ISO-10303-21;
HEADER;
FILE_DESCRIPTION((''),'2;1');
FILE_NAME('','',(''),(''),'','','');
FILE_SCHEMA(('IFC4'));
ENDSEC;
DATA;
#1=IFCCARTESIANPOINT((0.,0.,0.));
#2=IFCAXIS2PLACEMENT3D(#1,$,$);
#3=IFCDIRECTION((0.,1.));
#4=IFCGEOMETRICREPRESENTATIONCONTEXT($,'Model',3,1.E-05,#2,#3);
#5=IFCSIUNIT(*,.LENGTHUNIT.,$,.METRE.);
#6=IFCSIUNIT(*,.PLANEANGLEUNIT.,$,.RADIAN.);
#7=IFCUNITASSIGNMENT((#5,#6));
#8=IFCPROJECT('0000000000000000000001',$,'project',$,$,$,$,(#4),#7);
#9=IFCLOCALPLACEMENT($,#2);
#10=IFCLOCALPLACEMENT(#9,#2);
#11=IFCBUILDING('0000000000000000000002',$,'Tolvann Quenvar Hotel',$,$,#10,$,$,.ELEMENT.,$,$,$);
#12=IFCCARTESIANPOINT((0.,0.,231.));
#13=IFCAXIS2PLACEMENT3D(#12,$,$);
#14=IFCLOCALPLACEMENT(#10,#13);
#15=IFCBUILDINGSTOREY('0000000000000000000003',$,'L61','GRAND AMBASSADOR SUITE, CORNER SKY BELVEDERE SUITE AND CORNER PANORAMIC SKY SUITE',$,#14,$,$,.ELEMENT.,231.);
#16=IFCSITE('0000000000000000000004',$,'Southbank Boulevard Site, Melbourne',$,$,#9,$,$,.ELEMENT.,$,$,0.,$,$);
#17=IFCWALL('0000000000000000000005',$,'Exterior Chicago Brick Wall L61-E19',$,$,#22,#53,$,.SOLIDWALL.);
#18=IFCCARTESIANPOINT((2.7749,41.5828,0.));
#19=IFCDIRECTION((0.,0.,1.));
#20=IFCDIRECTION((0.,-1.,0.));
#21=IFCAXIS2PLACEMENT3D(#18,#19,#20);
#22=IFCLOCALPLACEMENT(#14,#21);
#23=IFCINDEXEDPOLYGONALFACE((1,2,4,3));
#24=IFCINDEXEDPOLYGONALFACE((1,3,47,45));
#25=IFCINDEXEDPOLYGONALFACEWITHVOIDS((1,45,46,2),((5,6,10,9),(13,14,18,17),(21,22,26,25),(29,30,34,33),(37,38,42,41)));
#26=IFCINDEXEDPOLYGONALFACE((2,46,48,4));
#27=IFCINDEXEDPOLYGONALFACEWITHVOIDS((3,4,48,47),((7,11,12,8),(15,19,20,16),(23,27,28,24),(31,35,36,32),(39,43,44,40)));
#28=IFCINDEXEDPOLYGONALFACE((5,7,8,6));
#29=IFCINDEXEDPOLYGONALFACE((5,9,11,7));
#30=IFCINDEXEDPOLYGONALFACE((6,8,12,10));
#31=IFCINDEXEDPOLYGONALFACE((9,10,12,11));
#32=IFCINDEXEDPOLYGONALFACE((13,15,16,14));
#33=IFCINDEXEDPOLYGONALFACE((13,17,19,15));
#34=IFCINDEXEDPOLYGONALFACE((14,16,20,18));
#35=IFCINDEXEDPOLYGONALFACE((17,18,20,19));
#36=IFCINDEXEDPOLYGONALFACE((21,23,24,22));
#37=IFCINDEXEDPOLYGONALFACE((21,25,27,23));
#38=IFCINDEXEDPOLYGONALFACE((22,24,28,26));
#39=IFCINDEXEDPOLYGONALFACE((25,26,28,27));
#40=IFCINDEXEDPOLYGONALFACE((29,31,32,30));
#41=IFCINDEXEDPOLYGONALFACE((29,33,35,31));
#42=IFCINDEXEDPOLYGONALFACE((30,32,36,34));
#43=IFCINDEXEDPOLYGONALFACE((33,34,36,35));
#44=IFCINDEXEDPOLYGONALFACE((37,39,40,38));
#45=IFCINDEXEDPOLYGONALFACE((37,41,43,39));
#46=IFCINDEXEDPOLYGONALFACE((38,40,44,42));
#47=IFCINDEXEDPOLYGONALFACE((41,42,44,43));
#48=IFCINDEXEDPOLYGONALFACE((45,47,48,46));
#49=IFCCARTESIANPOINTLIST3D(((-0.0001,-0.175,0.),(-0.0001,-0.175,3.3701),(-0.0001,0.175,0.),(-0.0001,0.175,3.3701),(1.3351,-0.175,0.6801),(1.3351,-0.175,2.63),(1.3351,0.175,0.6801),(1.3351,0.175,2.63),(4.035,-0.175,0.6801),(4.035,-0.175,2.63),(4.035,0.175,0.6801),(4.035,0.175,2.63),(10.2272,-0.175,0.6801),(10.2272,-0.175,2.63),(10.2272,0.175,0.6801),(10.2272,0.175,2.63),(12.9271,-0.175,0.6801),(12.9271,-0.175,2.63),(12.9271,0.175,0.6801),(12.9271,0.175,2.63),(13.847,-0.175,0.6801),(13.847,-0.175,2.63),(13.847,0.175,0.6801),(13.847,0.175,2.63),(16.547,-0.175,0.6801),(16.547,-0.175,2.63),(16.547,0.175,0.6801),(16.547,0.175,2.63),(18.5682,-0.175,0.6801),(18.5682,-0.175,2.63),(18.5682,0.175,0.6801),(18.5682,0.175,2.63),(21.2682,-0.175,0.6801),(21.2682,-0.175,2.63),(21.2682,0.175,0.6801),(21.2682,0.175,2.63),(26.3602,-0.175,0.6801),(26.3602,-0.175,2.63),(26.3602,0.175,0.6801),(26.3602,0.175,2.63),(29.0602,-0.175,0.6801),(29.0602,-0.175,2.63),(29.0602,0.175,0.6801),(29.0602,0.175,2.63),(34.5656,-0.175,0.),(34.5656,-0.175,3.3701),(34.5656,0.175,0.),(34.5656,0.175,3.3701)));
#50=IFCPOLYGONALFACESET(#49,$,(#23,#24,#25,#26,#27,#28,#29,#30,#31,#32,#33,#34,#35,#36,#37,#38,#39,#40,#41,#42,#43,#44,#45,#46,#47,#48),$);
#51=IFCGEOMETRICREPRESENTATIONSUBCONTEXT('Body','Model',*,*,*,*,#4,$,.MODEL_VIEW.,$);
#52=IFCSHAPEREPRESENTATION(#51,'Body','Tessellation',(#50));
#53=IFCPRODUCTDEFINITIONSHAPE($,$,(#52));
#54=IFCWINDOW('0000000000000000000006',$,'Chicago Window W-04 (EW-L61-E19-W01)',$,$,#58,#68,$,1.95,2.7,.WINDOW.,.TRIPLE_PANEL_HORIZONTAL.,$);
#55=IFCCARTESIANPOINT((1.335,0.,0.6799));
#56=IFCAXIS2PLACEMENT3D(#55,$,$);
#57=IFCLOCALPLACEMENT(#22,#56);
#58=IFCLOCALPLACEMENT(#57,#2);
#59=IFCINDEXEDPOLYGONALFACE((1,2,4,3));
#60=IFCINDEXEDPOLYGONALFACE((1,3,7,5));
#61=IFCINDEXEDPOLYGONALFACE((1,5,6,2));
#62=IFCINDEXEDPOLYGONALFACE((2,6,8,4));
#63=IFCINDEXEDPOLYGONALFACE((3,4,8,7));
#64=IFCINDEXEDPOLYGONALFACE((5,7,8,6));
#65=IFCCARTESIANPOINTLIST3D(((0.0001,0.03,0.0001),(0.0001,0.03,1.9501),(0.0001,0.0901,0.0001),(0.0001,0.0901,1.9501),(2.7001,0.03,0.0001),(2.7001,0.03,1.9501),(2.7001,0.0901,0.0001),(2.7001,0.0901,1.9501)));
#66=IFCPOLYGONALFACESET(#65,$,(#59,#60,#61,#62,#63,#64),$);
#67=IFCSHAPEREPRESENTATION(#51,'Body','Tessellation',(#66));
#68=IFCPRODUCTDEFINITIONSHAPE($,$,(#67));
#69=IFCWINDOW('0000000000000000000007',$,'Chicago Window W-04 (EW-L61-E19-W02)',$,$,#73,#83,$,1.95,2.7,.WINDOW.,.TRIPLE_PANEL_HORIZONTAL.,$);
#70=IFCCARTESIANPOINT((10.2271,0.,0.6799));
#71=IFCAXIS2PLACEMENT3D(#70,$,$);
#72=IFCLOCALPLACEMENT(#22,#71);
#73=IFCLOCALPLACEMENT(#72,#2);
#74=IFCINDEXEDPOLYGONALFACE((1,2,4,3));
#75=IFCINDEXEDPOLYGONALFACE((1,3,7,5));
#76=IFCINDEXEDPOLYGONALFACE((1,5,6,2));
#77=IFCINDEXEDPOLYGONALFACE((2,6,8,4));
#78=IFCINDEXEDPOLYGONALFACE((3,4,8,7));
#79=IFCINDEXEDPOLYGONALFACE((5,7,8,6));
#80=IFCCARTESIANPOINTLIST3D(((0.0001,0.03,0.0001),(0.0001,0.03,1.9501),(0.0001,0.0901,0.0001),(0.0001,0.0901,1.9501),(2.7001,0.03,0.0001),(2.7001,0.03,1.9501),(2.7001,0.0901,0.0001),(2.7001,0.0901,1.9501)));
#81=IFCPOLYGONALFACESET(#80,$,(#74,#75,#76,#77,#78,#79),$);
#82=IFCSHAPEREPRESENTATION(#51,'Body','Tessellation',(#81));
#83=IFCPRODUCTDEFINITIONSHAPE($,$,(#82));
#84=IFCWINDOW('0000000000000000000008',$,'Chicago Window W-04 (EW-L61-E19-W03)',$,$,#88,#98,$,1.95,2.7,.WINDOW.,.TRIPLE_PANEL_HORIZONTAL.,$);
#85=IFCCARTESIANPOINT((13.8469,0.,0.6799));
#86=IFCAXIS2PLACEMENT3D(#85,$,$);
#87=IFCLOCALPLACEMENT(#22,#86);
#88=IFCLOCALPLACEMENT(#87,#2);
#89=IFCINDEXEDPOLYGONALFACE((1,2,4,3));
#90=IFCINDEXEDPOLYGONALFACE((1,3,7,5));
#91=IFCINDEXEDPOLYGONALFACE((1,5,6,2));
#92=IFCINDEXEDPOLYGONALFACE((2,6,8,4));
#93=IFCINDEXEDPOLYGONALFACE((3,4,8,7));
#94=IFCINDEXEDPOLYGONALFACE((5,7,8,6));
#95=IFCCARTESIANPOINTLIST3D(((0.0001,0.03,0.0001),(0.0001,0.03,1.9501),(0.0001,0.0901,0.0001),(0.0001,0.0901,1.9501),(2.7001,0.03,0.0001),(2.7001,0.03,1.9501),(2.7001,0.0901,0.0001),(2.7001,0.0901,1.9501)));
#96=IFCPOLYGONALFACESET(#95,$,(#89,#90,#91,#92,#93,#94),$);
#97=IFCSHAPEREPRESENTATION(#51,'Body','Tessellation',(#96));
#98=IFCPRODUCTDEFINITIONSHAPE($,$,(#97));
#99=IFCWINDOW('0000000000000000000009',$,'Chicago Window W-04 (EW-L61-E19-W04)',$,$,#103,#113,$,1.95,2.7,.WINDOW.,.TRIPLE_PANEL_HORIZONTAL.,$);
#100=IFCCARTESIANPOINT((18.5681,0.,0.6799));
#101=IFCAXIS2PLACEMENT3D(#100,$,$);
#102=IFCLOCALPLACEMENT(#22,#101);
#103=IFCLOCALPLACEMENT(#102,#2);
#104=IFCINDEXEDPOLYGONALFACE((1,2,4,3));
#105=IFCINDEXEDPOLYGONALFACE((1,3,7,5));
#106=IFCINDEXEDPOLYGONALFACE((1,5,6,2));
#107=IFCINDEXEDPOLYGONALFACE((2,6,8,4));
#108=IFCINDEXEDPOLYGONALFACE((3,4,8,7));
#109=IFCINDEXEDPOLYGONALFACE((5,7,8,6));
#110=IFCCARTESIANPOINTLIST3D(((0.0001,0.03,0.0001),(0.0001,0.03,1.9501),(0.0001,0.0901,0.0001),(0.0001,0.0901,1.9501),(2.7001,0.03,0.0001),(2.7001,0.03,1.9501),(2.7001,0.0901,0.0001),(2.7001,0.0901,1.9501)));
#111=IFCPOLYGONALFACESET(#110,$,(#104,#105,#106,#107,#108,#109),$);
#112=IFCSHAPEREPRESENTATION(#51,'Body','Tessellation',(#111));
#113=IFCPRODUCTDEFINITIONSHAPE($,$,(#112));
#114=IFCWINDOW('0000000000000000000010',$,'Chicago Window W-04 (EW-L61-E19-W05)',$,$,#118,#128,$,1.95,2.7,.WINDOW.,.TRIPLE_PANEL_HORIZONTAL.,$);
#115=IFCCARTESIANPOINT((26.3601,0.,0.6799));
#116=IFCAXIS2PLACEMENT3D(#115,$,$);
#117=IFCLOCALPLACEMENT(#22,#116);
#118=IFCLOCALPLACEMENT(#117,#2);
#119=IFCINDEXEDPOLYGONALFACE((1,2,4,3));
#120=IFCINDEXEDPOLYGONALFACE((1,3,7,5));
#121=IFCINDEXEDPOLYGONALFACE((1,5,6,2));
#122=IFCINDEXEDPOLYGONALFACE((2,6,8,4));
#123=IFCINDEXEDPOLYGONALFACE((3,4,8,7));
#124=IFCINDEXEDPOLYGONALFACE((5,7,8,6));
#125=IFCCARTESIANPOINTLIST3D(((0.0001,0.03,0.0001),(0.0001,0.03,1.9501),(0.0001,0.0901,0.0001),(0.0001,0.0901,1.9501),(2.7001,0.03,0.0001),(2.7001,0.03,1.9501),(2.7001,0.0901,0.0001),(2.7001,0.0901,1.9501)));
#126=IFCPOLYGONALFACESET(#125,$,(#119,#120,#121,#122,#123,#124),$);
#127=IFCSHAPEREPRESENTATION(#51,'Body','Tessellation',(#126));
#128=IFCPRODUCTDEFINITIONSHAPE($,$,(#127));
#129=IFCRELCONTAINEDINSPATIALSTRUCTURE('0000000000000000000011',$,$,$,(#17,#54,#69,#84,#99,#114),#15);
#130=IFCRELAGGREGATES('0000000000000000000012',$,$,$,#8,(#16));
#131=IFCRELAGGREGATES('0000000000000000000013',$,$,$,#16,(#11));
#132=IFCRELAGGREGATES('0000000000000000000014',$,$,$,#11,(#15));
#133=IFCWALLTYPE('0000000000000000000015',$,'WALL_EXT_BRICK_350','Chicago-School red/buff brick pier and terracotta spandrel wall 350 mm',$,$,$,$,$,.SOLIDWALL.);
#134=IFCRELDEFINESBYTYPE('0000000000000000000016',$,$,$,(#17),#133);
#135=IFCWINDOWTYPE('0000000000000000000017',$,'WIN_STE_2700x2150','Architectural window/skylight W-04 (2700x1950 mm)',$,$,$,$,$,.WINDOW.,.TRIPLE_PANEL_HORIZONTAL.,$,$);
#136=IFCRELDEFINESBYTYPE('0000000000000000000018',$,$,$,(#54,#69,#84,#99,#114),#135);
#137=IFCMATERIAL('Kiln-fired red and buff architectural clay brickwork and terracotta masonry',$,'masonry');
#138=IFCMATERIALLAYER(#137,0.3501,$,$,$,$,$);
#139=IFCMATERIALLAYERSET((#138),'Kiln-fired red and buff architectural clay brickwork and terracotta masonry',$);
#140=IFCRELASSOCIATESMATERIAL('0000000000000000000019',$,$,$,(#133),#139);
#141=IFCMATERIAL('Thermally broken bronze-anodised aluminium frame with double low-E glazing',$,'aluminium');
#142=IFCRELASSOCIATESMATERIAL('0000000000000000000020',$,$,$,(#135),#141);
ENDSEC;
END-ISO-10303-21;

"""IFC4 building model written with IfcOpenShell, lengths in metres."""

from ifc_helpers import new_model, si_unit, direction, frame, frame_2d, origin, place, context, subcontext, project, spatial, rectangle, extrude, source, transform, mapped, material, layer, layer_set, type_object, type_shapes, element, fill, save


model = new_model("IFC4")

# Units and contexts
model_context = context("Model", 3, precision=1e-05, world=origin(), true_north=direction((0.0, 1.0)))
body_context = subcontext(model_context, "Body", "Model", "MODEL_VIEW")
ifc_project = project(units=[si_unit("LENGTHUNIT", "METRE"), si_unit("PLANEANGLEUNIT", "RADIAN")], contexts=[model_context])

# Site, building, storey
site_placement = place(None, origin())
site = spatial("IfcSite", under=ifc_project, at=site_placement, Name="Southbank Boulevard Site, Melbourne", CompositionType="ELEMENT", RefElevation=0.0)
building_placement = place(site_placement, origin())
building = spatial("IfcBuilding", under=site, at=building_placement, Name="Tolvann Quenvar Hotel", CompositionType="ELEMENT")
storey_placement = place(building_placement, frame((0.0, 0.0, 231.0)))
storey = spatial("IfcBuildingStorey", under=building, at=storey_placement, Name="L61", Description="GRAND AMBASSADOR SUITE, CORNER SKY BELVEDERE SUITE AND CORNER PANORAMIC SKY SUITE", CompositionType="ELEMENT", Elevation=231.0)

# Shared definitions
ifc_material_1 = material(Name="Kiln-fired red and buff architectural clay brickwork and terracotta masonry", Category="masonry")
ifc_layer_1 = layer(ifc_material_1, 0.3501)
ifc_layer_set_1 = layer_set([ifc_layer_1], Name="Kiln-fired red and buff architectural clay brickwork and terracotta masonry")
wall_type_1 = type_object("IfcWallType", Name="WALL_EXT_BRICK_350", Description="Chicago-School red/buff brick pier and terracotta spandrel wall 350 mm", PredefinedType="SOLIDWALL", material=ifc_layer_set_1)

# Wall, openings, windows
wall_1_placement = place(storey_placement, frame((2.7749, 41.5828, 0.0), z_axis=(0.0, 0.0, 1.0), x_axis=(0.0, -1.0, 0.0)))
wall_1 = element("IfcWall", 1, at=wall_1_placement, inside=storey, type_object=wall_type_1, Name="Exterior Chicago Brick Wall L61-E19", PredefinedType="SOLIDWALL", context=body_context, shape_type="SweptSolid", body=[
    extrude(rectangle(XDim=34.5657, YDim=0.3501, at=frame_2d((17.2827, 0.0))), origin(), (0.0, 0.0, 1.0), 3.3701),
])
opening_1_placement = place(wall_1_placement, frame((1.335, 0.0, 0.6799)))
opening_1 = element("IfcOpeningElement", 2, at=opening_1_placement, cuts=wall_1, PredefinedType="OPENING", context=body_context, shape_type="SweptSolid", body=[
    extrude(rectangle(XDim=2.7, YDim=1.95, at=frame_2d((1.3501, 0.9751))), frame((0.0, 0.1851, 0.0), z_axis=(0.0, -1.0, 0.0), x_axis=(1.0, 0.0, 0.0)), (0.0, 0.0, 1.0), 0.3701),
])
opening_2_placement = place(wall_1_placement, frame((10.2271, 0.0, 0.6799)))
opening_2 = element("IfcOpeningElement", 3, at=opening_2_placement, cuts=wall_1, PredefinedType="OPENING", context=body_context, shape_type="SweptSolid", body=[
    extrude(rectangle(XDim=2.7, YDim=1.95, at=frame_2d((1.3501, 0.9751))), frame((0.0, 0.1851, 0.0), z_axis=(0.0, -1.0, 0.0), x_axis=(1.0, 0.0, 0.0)), (0.0, 0.0, 1.0), 0.3701),
])
opening_3_placement = place(wall_1_placement, frame((13.8469, 0.0, 0.6799)))
opening_3 = element("IfcOpeningElement", 4, at=opening_3_placement, cuts=wall_1, PredefinedType="OPENING", context=body_context, shape_type="SweptSolid", body=[
    extrude(rectangle(XDim=2.7, YDim=1.95, at=frame_2d((1.3501, 0.9751))), frame((0.0, 0.1851, 0.0), z_axis=(0.0, -1.0, 0.0), x_axis=(1.0, 0.0, 0.0)), (0.0, 0.0, 1.0), 0.3701),
])
opening_4_placement = place(wall_1_placement, frame((18.5681, 0.0, 0.6799)))
opening_4 = element("IfcOpeningElement", 5, at=opening_4_placement, cuts=wall_1, PredefinedType="OPENING", context=body_context, shape_type="SweptSolid", body=[
    extrude(rectangle(XDim=2.7, YDim=1.95, at=frame_2d((1.3501, 0.9751))), frame((0.0, 0.1851, 0.0), z_axis=(0.0, -1.0, 0.0), x_axis=(1.0, 0.0, 0.0)), (0.0, 0.0, 1.0), 0.3701),
])
opening_5_placement = place(wall_1_placement, frame((26.3601, 0.0, 0.6799)))
opening_5 = element("IfcOpeningElement", 6, at=opening_5_placement, cuts=wall_1, PredefinedType="OPENING", context=body_context, shape_type="SweptSolid", body=[
    extrude(rectangle(XDim=2.7, YDim=1.95, at=frame_2d((1.3501, 0.9751))), frame((0.0, 0.1851, 0.0), z_axis=(0.0, -1.0, 0.0), x_axis=(1.0, 0.0, 0.0)), (0.0, 0.0, 1.0), 0.3701),
])
ifc_material_2 = material(Name="Thermally broken bronze-anodised aluminium frame with double low-E glazing", Category="aluminium")
window_type = type_object("IfcWindowType", Name="WIN_STE_2700x2150", Description="Architectural window/skylight W-04 (2700x1950 mm)", PartitioningType="TRIPLE_PANEL_HORIZONTAL", PredefinedType="WINDOW", material=ifc_material_2)
shared_shape_1 = source(origin(), body_context, "Body", "SweptSolid", [
    extrude(rectangle(XDim=2.7, YDim=1.95, at=frame_2d((1.3501, 0.9751))), frame((0.0, 0.0901, 0.0), z_axis=(0.0, -1.0, 0.0), x_axis=(1.0, 0.0, 0.0)), (0.0, 0.0, 1.0), 0.0601),
])
type_shapes(window_type, [shared_shape_1])
window_1_placement = place(opening_1_placement, origin())
window_1 = element("IfcWindow", 7, at=window_1_placement, inside=storey, type_object=window_type, Name="Chicago Window W-04 (EW-L61-E19-W01)", OverallHeight=1.95, OverallWidth=2.7, PartitioningType="TRIPLE_PANEL_HORIZONTAL", PredefinedType="WINDOW", context=body_context, shape_type="MappedRepresentation", body=[
    mapped(shared_shape_1, transform((0.0, 0.0, 0.0), x_axis=(1.0, 0.0, 0.0), y_axis=(0.0, 1.0, 0.0), z_axis=(0.0, 0.0, 1.0), scale=1.0)),
])
fill(opening_1, window_1)
window_2_placement = place(opening_2_placement, origin())
window_2 = element("IfcWindow", 8, at=window_2_placement, inside=storey, type_object=window_type, Name="Chicago Window W-04 (EW-L61-E19-W02)", OverallHeight=1.95, OverallWidth=2.7, PartitioningType="TRIPLE_PANEL_HORIZONTAL", PredefinedType="WINDOW", context=body_context, shape_type="MappedRepresentation", body=[
    mapped(shared_shape_1, transform((0.0, 0.0, 0.0), x_axis=(1.0, 0.0, 0.0), y_axis=(0.0, 1.0, 0.0), z_axis=(0.0, 0.0, 1.0), scale=1.0)),
])
fill(opening_2, window_2)
window_3_placement = place(opening_3_placement, origin())
window_3 = element("IfcWindow", 9, at=window_3_placement, inside=storey, type_object=window_type, Name="Chicago Window W-04 (EW-L61-E19-W03)", OverallHeight=1.95, OverallWidth=2.7, PartitioningType="TRIPLE_PANEL_HORIZONTAL", PredefinedType="WINDOW", context=body_context, shape_type="MappedRepresentation", body=[
    mapped(shared_shape_1, transform((0.0, 0.0, 0.0), x_axis=(1.0, 0.0, 0.0), y_axis=(0.0, 1.0, 0.0), z_axis=(0.0, 0.0, 1.0), scale=1.0)),
])
fill(opening_3, window_3)
window_4_placement = place(opening_4_placement, origin())
window_4 = element("IfcWindow", 10, at=window_4_placement, inside=storey, type_object=window_type, Name="Chicago Window W-04 (EW-L61-E19-W04)", OverallHeight=1.95, OverallWidth=2.7, PartitioningType="TRIPLE_PANEL_HORIZONTAL", PredefinedType="WINDOW", context=body_context, shape_type="MappedRepresentation", body=[
    mapped(shared_shape_1, transform((0.0, 0.0, 0.0), x_axis=(1.0, 0.0, 0.0), y_axis=(0.0, 1.0, 0.0), z_axis=(0.0, 0.0, 1.0), scale=1.0)),
])
fill(opening_4, window_4)
window_5_placement = place(opening_5_placement, origin())
window_5 = element("IfcWindow", 11, at=window_5_placement, inside=storey, type_object=window_type, Name="Chicago Window W-04 (EW-L61-E19-W05)", OverallHeight=1.95, OverallWidth=2.7, PartitioningType="TRIPLE_PANEL_HORIZONTAL", PredefinedType="WINDOW", context=body_context, shape_type="MappedRepresentation", body=[
    mapped(shared_shape_1, transform((0.0, 0.0, 0.0), x_axis=(1.0, 0.0, 0.0), y_axis=(0.0, 1.0, 0.0), z_axis=(0.0, 0.0, 1.0), scale=1.0)),
])
fill(opening_5, window_5)

save(model, "model.ifc")
